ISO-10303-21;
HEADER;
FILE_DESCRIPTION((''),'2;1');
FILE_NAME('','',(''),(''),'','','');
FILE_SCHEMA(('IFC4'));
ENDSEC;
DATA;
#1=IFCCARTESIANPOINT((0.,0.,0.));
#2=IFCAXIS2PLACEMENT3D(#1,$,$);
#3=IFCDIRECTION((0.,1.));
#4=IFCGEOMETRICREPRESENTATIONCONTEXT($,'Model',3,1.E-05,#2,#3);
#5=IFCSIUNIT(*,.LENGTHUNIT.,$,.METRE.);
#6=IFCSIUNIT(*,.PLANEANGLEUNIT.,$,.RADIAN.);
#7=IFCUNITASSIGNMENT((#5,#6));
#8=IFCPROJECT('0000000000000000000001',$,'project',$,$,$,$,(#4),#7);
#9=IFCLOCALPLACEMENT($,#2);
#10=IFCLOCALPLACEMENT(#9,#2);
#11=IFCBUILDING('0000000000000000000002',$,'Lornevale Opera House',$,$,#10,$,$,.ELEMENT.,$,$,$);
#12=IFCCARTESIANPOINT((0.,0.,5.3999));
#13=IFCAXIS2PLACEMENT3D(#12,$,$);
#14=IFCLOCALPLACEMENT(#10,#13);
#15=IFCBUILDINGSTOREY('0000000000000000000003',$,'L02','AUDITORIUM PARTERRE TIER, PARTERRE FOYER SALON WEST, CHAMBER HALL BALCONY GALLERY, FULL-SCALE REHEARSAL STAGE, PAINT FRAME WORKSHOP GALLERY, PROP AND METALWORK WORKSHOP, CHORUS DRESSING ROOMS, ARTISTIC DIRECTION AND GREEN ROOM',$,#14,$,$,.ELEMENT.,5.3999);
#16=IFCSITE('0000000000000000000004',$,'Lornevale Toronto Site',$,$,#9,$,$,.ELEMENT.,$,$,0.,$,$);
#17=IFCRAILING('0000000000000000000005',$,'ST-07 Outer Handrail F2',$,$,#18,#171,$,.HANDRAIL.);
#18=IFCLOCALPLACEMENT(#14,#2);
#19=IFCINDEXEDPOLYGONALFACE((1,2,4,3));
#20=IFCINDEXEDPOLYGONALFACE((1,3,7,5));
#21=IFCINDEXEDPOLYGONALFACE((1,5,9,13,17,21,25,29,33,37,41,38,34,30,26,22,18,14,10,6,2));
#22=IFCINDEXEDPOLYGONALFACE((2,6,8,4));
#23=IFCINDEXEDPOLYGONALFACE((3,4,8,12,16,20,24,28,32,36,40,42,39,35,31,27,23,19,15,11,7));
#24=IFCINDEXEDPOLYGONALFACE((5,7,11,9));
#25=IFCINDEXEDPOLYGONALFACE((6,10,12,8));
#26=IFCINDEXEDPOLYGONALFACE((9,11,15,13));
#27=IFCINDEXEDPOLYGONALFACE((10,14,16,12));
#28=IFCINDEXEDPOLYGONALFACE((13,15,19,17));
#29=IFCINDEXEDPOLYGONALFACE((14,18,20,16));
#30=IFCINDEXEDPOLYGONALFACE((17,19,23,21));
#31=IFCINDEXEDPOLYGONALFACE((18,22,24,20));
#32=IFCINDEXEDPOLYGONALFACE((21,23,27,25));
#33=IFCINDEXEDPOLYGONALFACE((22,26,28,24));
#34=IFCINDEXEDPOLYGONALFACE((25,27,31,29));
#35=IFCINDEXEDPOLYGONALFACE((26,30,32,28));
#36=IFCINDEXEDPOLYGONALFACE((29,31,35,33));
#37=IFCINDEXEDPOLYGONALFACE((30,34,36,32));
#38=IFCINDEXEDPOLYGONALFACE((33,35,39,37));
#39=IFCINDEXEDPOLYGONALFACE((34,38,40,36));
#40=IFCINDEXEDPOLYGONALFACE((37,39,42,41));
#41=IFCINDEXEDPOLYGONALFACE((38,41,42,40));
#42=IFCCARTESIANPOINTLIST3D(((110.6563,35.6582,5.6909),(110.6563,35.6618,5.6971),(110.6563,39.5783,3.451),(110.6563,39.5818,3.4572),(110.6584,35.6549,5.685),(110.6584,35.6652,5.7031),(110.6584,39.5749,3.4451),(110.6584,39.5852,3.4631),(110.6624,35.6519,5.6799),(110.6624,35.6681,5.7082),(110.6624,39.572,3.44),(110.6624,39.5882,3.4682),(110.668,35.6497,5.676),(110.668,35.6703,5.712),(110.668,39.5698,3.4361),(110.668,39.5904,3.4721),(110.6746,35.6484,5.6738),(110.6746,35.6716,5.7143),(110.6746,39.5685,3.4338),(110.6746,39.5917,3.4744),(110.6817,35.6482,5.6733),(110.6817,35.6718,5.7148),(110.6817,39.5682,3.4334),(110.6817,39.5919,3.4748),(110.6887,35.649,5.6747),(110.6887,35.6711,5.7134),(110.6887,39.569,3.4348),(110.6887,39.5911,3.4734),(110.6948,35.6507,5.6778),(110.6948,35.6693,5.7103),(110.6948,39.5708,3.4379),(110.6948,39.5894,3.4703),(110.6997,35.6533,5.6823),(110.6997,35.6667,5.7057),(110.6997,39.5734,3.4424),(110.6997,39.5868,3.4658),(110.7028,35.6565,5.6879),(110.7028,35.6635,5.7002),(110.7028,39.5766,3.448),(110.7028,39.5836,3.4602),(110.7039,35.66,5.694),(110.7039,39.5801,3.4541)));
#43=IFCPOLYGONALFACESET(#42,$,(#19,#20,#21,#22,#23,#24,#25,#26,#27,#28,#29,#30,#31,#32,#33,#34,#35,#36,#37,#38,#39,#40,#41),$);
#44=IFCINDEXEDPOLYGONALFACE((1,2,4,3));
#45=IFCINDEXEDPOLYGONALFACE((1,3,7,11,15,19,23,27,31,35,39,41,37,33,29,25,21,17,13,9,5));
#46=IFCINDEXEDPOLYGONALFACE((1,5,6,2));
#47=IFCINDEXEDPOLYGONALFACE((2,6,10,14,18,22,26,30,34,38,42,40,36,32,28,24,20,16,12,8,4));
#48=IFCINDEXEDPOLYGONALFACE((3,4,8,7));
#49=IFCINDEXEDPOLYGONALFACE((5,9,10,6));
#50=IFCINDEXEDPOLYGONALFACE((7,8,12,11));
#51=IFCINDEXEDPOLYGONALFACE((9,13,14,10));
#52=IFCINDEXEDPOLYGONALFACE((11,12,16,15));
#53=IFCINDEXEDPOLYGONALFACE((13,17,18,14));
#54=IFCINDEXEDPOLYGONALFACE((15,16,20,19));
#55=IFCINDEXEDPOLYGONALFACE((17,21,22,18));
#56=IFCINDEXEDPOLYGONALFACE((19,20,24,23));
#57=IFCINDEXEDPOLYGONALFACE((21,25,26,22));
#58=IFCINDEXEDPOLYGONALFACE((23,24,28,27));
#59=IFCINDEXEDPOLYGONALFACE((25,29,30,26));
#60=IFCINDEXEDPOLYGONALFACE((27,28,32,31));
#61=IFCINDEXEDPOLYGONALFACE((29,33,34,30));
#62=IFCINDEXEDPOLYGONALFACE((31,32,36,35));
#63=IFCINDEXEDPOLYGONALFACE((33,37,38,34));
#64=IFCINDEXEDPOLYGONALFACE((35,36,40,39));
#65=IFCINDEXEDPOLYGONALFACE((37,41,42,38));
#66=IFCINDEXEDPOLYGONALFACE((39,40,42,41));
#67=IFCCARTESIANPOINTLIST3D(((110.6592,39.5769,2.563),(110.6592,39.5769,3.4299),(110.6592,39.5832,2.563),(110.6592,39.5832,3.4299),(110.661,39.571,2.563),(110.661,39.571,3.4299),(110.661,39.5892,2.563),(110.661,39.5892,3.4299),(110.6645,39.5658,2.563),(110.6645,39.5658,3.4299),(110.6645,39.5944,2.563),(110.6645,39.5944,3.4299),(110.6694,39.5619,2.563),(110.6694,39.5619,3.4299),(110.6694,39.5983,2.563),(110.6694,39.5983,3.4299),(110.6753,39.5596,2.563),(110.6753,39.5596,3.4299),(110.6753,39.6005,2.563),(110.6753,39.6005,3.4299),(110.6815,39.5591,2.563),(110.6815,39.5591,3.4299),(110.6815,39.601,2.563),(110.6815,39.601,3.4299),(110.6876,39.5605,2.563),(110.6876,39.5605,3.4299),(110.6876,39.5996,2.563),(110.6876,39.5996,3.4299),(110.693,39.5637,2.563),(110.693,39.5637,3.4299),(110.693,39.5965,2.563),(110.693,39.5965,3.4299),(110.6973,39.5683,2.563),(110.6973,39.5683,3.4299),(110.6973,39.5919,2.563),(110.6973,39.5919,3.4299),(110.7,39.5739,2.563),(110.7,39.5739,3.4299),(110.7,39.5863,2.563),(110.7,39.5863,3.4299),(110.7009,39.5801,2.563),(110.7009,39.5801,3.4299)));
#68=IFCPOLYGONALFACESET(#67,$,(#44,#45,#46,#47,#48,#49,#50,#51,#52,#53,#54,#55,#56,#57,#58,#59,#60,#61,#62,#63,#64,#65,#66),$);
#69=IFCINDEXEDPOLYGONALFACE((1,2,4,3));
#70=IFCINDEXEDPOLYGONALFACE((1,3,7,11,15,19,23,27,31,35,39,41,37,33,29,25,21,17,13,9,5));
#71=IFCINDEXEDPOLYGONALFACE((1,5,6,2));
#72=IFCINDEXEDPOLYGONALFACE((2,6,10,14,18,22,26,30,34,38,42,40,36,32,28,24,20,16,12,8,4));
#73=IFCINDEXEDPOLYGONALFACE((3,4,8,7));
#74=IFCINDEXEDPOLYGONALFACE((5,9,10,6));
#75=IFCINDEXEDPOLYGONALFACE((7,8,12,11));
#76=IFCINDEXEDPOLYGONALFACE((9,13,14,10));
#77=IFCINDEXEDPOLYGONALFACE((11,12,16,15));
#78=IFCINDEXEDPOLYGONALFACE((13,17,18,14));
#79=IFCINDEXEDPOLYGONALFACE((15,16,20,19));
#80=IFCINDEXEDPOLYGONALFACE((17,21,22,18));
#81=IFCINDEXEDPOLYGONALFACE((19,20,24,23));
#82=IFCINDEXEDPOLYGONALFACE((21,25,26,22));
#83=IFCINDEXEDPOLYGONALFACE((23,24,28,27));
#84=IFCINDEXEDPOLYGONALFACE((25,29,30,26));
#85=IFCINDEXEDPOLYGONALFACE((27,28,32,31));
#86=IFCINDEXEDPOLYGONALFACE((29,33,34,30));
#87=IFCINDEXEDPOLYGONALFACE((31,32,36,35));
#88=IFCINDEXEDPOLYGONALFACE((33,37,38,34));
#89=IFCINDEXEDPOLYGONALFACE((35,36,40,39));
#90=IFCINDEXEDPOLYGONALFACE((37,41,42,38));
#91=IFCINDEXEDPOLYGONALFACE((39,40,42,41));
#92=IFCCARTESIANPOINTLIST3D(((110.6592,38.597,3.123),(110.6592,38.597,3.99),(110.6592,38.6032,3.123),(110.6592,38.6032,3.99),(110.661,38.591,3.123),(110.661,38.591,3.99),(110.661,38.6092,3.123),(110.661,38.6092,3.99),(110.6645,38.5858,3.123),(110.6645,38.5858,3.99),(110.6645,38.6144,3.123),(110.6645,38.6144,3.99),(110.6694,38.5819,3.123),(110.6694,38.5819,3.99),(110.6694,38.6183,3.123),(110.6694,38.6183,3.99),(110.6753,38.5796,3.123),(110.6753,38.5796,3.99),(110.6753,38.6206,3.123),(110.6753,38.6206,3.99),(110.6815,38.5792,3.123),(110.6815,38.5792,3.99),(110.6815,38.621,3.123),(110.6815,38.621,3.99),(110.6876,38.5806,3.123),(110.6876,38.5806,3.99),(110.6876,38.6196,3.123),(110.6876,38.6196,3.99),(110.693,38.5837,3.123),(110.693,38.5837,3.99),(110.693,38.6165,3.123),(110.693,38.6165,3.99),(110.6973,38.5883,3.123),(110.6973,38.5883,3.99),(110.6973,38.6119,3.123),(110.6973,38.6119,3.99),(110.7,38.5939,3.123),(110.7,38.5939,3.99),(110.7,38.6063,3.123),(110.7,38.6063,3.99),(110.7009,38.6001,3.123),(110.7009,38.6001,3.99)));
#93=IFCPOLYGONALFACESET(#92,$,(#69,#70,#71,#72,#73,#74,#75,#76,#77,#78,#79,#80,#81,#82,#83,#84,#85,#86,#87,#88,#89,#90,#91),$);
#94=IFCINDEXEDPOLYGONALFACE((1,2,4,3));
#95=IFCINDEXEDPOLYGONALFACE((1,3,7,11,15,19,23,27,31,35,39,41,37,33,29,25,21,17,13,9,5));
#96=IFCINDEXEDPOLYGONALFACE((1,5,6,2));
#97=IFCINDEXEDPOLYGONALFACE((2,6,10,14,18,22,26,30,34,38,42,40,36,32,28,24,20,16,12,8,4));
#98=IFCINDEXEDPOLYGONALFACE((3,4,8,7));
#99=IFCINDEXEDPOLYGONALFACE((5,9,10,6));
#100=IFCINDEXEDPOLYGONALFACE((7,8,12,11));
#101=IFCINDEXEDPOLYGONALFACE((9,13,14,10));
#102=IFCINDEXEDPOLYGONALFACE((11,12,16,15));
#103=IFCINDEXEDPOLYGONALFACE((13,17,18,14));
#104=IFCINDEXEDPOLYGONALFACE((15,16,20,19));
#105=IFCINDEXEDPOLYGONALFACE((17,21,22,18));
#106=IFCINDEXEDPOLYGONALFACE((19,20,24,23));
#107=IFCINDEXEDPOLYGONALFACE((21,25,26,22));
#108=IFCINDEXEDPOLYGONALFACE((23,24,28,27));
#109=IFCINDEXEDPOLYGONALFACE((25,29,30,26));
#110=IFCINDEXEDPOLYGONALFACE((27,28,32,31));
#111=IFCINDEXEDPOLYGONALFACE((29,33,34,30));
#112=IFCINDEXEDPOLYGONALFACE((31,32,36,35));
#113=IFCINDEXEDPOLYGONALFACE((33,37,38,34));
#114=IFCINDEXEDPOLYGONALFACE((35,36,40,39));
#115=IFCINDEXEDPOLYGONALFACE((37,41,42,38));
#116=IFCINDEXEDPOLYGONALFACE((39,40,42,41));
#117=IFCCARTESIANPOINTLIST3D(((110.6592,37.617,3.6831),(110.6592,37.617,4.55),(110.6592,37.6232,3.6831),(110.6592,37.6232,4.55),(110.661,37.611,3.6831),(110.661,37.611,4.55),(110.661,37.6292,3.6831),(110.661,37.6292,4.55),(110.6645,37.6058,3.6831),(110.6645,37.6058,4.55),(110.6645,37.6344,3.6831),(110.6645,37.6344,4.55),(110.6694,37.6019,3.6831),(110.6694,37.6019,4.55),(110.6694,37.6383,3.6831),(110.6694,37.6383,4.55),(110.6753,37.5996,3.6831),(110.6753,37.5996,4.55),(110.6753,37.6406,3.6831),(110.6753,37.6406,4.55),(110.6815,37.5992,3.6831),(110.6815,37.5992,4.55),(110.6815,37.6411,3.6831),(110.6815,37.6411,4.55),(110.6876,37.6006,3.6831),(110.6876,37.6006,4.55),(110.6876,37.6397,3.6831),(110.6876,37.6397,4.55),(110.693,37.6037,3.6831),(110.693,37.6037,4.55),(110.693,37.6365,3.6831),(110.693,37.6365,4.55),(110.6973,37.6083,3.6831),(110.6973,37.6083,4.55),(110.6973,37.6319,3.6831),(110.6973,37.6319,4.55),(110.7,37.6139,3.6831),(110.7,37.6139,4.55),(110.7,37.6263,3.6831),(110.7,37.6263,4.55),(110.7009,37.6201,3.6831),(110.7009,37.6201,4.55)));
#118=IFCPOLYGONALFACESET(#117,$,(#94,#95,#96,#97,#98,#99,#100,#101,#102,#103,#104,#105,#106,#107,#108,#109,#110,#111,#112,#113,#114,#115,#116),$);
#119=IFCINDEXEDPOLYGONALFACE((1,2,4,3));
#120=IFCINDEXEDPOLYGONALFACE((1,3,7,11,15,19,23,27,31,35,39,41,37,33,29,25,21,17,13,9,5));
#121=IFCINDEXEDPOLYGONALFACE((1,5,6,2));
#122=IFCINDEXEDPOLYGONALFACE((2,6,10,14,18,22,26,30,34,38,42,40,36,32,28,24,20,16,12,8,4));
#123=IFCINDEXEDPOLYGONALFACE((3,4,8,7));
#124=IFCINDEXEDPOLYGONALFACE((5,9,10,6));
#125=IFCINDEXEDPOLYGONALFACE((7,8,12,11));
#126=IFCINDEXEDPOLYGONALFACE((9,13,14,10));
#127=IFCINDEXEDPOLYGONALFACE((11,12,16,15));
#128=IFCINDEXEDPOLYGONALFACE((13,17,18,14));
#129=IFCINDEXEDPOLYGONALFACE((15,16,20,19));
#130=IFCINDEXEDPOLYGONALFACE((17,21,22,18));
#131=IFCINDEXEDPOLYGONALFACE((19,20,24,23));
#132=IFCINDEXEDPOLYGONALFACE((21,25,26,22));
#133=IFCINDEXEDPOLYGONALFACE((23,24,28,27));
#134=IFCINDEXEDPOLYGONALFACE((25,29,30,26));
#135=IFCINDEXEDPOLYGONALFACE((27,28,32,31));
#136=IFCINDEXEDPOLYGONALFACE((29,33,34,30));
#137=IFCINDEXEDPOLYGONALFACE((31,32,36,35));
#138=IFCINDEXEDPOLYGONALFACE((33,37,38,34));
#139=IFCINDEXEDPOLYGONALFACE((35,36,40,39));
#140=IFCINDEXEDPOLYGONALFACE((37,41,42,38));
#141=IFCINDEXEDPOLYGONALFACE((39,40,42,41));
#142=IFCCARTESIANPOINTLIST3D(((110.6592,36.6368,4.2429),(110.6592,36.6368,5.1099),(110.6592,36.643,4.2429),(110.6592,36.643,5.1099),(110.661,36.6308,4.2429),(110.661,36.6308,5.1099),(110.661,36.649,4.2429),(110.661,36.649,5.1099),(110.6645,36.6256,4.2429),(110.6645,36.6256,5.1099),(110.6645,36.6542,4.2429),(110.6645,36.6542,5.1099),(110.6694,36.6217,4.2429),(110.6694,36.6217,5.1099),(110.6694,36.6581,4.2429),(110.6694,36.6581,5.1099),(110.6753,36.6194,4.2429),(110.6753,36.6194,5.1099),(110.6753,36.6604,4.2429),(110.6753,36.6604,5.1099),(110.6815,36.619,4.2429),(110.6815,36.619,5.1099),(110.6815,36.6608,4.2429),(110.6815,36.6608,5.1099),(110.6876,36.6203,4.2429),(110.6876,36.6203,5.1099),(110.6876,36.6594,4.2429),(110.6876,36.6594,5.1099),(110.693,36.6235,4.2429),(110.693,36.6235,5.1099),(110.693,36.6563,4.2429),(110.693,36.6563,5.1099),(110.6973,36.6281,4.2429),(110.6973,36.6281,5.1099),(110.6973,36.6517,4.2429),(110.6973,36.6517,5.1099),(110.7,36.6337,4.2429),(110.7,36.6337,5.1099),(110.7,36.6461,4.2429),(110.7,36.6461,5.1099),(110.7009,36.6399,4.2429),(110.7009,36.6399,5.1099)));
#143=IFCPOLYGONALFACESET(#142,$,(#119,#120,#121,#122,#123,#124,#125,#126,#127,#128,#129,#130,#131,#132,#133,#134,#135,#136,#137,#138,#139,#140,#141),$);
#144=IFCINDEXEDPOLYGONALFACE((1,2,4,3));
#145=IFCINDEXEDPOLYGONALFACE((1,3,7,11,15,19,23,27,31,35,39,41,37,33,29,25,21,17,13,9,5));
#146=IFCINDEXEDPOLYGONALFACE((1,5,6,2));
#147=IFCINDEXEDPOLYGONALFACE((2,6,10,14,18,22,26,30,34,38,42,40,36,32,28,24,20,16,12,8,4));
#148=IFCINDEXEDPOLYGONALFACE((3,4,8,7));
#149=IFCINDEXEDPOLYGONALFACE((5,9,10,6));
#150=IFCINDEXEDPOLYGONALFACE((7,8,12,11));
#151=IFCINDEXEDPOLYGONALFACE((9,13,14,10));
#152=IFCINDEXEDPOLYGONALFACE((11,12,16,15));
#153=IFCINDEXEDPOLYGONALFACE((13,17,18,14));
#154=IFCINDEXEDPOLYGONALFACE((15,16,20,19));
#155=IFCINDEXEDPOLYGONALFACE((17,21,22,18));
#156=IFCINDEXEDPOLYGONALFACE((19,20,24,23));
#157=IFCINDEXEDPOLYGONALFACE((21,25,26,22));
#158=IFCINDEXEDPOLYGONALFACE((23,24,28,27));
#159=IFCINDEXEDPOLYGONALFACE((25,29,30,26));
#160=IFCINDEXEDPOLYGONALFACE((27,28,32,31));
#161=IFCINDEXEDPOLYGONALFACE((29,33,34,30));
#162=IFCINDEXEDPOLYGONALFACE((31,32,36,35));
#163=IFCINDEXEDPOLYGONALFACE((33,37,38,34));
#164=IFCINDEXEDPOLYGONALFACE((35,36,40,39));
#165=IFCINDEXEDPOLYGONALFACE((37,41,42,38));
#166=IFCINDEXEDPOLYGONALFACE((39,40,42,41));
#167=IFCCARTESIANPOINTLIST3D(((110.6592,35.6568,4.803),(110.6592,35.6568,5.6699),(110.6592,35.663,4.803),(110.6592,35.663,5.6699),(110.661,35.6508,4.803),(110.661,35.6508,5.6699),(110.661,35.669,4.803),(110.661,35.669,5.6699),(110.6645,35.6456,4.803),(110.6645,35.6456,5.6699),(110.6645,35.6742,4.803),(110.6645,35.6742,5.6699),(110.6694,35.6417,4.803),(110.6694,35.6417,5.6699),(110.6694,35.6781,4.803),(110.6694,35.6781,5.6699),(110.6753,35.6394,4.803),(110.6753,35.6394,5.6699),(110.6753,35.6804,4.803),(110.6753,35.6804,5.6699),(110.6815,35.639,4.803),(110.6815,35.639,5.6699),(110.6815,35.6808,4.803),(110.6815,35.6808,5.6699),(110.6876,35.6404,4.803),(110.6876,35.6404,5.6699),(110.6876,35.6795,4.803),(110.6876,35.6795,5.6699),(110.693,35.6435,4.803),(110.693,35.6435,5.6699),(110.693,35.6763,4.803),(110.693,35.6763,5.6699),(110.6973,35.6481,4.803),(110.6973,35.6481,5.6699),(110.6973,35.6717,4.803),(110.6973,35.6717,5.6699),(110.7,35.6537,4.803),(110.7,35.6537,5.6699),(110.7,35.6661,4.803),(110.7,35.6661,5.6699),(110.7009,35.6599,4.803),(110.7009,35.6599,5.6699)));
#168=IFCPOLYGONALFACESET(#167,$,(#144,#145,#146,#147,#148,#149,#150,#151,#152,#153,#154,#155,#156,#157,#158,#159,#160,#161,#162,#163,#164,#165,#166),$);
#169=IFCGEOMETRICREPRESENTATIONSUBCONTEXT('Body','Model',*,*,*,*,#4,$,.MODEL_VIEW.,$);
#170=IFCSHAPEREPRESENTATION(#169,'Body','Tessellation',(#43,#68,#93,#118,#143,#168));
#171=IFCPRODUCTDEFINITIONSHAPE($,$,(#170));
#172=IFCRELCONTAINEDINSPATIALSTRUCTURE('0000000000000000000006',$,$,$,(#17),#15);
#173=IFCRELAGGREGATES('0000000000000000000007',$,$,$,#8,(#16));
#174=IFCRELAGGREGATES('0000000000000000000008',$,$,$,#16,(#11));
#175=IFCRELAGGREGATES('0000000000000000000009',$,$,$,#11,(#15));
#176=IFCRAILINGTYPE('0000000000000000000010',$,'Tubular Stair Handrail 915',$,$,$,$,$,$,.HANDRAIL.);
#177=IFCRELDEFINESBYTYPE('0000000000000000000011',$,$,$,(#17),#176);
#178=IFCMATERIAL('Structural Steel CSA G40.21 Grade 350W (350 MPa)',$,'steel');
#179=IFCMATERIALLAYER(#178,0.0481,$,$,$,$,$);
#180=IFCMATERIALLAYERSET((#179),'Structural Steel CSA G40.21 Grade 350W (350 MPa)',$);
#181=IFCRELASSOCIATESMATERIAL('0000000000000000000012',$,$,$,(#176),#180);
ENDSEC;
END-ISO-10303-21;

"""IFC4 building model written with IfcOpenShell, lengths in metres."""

from ifc_helpers import new_model, si_unit, direction, frame, origin, origin_2d, place, context, subcontext, project, spatial, circle, extrude, material, layer, layer_set, type_object, element, save


model = new_model("IFC4")

# Units and contexts
model_context = context("Model", 3, precision=1e-05, world=origin(), true_north=direction((0.0, 1.0)))
body_context = subcontext(model_context, "Body", "Model", "MODEL_VIEW")
ifc_project = project(units=[si_unit("LENGTHUNIT", "METRE"), si_unit("PLANEANGLEUNIT", "RADIAN")], contexts=[model_context])

# Site, building, storey
site_placement = place(None, origin())
site = spatial("IfcSite", under=ifc_project, at=site_placement, Name="Lornevale Toronto Site", CompositionType="ELEMENT", RefElevation=0.0)
building_placement = place(site_placement, origin())
building = spatial("IfcBuilding", under=site, at=building_placement, Name="Lornevale Opera House", CompositionType="ELEMENT")
storey_placement = place(building_placement, frame((0.0, 0.0, 5.3999)))
storey = spatial("IfcBuildingStorey", under=building, at=storey_placement, Name="L02", Description="AUDITORIUM PARTERRE TIER, PARTERRE FOYER SALON WEST, CHAMBER HALL BALCONY GALLERY, FULL-SCALE REHEARSAL STAGE, PAINT FRAME WORKSHOP GALLERY, PROP AND METALWORK WORKSHOP, CHORUS DRESSING ROOMS, ARTISTIC DIRECTION AND GREEN ROOM", CompositionType="ELEMENT", Elevation=5.3999)

# Shared definitions
ifc_material_1 = material(Name="Structural Steel CSA G40.21 Grade 350W (350 MPa)", Category="steel")

# Railing
ifc_layer_1 = layer(ifc_material_1, 0.0481)
ifc_layer_set_1 = layer_set([ifc_layer_1], Name="Structural Steel CSA G40.21 Grade 350W (350 MPa)")
railing_type_1 = type_object("IfcRailingType", Name="Tubular Stair Handrail 915", PredefinedType="HANDRAIL", material=ifc_layer_set_1)
railing_1_placement = place(storey_placement, frame((110.6799, 39.5801, 2.563)))
element("IfcRailing", 1, at=railing_1_placement, inside=storey, type_object=railing_type_1, Name="ST-07 Outer Handrail F2", PredefinedType="HANDRAIL", context=body_context, shape_type="SweptSolid", body=[
    extrude(circle(Radius=0.0239, at=origin_2d()), frame((0.0, 0.0, 0.8911), z_axis=(0.0, -0.868253, 0.496121), x_axis=(1.0, 0.0, 0.0)), (0.0, 0.0, 1.0), 4.5149),
    extrude(circle(Radius=0.021, at=origin_2d()), origin(), (0.0, 0.0, 1.0), 0.8669),
    extrude(circle(Radius=0.021, at=origin_2d()), frame((0.0, -0.98, 0.5601)), (0.0, 0.0, 1.0), 0.8669),
    extrude(circle(Radius=0.021, at=origin_2d()), frame((0.0, -1.96, 1.1201)), (0.0, 0.0, 1.0), 0.8669),
    extrude(circle(Radius=0.021, at=origin_2d()), frame((0.0, -2.9402, 1.6799)), (0.0, 0.0, 1.0), 0.8669),
    extrude(circle(Radius=0.021, at=origin_2d()), frame((0.0, -3.9202, 2.24)), (0.0, 0.0, 1.0), 0.8669),
])

save(model, "model.ifc")
